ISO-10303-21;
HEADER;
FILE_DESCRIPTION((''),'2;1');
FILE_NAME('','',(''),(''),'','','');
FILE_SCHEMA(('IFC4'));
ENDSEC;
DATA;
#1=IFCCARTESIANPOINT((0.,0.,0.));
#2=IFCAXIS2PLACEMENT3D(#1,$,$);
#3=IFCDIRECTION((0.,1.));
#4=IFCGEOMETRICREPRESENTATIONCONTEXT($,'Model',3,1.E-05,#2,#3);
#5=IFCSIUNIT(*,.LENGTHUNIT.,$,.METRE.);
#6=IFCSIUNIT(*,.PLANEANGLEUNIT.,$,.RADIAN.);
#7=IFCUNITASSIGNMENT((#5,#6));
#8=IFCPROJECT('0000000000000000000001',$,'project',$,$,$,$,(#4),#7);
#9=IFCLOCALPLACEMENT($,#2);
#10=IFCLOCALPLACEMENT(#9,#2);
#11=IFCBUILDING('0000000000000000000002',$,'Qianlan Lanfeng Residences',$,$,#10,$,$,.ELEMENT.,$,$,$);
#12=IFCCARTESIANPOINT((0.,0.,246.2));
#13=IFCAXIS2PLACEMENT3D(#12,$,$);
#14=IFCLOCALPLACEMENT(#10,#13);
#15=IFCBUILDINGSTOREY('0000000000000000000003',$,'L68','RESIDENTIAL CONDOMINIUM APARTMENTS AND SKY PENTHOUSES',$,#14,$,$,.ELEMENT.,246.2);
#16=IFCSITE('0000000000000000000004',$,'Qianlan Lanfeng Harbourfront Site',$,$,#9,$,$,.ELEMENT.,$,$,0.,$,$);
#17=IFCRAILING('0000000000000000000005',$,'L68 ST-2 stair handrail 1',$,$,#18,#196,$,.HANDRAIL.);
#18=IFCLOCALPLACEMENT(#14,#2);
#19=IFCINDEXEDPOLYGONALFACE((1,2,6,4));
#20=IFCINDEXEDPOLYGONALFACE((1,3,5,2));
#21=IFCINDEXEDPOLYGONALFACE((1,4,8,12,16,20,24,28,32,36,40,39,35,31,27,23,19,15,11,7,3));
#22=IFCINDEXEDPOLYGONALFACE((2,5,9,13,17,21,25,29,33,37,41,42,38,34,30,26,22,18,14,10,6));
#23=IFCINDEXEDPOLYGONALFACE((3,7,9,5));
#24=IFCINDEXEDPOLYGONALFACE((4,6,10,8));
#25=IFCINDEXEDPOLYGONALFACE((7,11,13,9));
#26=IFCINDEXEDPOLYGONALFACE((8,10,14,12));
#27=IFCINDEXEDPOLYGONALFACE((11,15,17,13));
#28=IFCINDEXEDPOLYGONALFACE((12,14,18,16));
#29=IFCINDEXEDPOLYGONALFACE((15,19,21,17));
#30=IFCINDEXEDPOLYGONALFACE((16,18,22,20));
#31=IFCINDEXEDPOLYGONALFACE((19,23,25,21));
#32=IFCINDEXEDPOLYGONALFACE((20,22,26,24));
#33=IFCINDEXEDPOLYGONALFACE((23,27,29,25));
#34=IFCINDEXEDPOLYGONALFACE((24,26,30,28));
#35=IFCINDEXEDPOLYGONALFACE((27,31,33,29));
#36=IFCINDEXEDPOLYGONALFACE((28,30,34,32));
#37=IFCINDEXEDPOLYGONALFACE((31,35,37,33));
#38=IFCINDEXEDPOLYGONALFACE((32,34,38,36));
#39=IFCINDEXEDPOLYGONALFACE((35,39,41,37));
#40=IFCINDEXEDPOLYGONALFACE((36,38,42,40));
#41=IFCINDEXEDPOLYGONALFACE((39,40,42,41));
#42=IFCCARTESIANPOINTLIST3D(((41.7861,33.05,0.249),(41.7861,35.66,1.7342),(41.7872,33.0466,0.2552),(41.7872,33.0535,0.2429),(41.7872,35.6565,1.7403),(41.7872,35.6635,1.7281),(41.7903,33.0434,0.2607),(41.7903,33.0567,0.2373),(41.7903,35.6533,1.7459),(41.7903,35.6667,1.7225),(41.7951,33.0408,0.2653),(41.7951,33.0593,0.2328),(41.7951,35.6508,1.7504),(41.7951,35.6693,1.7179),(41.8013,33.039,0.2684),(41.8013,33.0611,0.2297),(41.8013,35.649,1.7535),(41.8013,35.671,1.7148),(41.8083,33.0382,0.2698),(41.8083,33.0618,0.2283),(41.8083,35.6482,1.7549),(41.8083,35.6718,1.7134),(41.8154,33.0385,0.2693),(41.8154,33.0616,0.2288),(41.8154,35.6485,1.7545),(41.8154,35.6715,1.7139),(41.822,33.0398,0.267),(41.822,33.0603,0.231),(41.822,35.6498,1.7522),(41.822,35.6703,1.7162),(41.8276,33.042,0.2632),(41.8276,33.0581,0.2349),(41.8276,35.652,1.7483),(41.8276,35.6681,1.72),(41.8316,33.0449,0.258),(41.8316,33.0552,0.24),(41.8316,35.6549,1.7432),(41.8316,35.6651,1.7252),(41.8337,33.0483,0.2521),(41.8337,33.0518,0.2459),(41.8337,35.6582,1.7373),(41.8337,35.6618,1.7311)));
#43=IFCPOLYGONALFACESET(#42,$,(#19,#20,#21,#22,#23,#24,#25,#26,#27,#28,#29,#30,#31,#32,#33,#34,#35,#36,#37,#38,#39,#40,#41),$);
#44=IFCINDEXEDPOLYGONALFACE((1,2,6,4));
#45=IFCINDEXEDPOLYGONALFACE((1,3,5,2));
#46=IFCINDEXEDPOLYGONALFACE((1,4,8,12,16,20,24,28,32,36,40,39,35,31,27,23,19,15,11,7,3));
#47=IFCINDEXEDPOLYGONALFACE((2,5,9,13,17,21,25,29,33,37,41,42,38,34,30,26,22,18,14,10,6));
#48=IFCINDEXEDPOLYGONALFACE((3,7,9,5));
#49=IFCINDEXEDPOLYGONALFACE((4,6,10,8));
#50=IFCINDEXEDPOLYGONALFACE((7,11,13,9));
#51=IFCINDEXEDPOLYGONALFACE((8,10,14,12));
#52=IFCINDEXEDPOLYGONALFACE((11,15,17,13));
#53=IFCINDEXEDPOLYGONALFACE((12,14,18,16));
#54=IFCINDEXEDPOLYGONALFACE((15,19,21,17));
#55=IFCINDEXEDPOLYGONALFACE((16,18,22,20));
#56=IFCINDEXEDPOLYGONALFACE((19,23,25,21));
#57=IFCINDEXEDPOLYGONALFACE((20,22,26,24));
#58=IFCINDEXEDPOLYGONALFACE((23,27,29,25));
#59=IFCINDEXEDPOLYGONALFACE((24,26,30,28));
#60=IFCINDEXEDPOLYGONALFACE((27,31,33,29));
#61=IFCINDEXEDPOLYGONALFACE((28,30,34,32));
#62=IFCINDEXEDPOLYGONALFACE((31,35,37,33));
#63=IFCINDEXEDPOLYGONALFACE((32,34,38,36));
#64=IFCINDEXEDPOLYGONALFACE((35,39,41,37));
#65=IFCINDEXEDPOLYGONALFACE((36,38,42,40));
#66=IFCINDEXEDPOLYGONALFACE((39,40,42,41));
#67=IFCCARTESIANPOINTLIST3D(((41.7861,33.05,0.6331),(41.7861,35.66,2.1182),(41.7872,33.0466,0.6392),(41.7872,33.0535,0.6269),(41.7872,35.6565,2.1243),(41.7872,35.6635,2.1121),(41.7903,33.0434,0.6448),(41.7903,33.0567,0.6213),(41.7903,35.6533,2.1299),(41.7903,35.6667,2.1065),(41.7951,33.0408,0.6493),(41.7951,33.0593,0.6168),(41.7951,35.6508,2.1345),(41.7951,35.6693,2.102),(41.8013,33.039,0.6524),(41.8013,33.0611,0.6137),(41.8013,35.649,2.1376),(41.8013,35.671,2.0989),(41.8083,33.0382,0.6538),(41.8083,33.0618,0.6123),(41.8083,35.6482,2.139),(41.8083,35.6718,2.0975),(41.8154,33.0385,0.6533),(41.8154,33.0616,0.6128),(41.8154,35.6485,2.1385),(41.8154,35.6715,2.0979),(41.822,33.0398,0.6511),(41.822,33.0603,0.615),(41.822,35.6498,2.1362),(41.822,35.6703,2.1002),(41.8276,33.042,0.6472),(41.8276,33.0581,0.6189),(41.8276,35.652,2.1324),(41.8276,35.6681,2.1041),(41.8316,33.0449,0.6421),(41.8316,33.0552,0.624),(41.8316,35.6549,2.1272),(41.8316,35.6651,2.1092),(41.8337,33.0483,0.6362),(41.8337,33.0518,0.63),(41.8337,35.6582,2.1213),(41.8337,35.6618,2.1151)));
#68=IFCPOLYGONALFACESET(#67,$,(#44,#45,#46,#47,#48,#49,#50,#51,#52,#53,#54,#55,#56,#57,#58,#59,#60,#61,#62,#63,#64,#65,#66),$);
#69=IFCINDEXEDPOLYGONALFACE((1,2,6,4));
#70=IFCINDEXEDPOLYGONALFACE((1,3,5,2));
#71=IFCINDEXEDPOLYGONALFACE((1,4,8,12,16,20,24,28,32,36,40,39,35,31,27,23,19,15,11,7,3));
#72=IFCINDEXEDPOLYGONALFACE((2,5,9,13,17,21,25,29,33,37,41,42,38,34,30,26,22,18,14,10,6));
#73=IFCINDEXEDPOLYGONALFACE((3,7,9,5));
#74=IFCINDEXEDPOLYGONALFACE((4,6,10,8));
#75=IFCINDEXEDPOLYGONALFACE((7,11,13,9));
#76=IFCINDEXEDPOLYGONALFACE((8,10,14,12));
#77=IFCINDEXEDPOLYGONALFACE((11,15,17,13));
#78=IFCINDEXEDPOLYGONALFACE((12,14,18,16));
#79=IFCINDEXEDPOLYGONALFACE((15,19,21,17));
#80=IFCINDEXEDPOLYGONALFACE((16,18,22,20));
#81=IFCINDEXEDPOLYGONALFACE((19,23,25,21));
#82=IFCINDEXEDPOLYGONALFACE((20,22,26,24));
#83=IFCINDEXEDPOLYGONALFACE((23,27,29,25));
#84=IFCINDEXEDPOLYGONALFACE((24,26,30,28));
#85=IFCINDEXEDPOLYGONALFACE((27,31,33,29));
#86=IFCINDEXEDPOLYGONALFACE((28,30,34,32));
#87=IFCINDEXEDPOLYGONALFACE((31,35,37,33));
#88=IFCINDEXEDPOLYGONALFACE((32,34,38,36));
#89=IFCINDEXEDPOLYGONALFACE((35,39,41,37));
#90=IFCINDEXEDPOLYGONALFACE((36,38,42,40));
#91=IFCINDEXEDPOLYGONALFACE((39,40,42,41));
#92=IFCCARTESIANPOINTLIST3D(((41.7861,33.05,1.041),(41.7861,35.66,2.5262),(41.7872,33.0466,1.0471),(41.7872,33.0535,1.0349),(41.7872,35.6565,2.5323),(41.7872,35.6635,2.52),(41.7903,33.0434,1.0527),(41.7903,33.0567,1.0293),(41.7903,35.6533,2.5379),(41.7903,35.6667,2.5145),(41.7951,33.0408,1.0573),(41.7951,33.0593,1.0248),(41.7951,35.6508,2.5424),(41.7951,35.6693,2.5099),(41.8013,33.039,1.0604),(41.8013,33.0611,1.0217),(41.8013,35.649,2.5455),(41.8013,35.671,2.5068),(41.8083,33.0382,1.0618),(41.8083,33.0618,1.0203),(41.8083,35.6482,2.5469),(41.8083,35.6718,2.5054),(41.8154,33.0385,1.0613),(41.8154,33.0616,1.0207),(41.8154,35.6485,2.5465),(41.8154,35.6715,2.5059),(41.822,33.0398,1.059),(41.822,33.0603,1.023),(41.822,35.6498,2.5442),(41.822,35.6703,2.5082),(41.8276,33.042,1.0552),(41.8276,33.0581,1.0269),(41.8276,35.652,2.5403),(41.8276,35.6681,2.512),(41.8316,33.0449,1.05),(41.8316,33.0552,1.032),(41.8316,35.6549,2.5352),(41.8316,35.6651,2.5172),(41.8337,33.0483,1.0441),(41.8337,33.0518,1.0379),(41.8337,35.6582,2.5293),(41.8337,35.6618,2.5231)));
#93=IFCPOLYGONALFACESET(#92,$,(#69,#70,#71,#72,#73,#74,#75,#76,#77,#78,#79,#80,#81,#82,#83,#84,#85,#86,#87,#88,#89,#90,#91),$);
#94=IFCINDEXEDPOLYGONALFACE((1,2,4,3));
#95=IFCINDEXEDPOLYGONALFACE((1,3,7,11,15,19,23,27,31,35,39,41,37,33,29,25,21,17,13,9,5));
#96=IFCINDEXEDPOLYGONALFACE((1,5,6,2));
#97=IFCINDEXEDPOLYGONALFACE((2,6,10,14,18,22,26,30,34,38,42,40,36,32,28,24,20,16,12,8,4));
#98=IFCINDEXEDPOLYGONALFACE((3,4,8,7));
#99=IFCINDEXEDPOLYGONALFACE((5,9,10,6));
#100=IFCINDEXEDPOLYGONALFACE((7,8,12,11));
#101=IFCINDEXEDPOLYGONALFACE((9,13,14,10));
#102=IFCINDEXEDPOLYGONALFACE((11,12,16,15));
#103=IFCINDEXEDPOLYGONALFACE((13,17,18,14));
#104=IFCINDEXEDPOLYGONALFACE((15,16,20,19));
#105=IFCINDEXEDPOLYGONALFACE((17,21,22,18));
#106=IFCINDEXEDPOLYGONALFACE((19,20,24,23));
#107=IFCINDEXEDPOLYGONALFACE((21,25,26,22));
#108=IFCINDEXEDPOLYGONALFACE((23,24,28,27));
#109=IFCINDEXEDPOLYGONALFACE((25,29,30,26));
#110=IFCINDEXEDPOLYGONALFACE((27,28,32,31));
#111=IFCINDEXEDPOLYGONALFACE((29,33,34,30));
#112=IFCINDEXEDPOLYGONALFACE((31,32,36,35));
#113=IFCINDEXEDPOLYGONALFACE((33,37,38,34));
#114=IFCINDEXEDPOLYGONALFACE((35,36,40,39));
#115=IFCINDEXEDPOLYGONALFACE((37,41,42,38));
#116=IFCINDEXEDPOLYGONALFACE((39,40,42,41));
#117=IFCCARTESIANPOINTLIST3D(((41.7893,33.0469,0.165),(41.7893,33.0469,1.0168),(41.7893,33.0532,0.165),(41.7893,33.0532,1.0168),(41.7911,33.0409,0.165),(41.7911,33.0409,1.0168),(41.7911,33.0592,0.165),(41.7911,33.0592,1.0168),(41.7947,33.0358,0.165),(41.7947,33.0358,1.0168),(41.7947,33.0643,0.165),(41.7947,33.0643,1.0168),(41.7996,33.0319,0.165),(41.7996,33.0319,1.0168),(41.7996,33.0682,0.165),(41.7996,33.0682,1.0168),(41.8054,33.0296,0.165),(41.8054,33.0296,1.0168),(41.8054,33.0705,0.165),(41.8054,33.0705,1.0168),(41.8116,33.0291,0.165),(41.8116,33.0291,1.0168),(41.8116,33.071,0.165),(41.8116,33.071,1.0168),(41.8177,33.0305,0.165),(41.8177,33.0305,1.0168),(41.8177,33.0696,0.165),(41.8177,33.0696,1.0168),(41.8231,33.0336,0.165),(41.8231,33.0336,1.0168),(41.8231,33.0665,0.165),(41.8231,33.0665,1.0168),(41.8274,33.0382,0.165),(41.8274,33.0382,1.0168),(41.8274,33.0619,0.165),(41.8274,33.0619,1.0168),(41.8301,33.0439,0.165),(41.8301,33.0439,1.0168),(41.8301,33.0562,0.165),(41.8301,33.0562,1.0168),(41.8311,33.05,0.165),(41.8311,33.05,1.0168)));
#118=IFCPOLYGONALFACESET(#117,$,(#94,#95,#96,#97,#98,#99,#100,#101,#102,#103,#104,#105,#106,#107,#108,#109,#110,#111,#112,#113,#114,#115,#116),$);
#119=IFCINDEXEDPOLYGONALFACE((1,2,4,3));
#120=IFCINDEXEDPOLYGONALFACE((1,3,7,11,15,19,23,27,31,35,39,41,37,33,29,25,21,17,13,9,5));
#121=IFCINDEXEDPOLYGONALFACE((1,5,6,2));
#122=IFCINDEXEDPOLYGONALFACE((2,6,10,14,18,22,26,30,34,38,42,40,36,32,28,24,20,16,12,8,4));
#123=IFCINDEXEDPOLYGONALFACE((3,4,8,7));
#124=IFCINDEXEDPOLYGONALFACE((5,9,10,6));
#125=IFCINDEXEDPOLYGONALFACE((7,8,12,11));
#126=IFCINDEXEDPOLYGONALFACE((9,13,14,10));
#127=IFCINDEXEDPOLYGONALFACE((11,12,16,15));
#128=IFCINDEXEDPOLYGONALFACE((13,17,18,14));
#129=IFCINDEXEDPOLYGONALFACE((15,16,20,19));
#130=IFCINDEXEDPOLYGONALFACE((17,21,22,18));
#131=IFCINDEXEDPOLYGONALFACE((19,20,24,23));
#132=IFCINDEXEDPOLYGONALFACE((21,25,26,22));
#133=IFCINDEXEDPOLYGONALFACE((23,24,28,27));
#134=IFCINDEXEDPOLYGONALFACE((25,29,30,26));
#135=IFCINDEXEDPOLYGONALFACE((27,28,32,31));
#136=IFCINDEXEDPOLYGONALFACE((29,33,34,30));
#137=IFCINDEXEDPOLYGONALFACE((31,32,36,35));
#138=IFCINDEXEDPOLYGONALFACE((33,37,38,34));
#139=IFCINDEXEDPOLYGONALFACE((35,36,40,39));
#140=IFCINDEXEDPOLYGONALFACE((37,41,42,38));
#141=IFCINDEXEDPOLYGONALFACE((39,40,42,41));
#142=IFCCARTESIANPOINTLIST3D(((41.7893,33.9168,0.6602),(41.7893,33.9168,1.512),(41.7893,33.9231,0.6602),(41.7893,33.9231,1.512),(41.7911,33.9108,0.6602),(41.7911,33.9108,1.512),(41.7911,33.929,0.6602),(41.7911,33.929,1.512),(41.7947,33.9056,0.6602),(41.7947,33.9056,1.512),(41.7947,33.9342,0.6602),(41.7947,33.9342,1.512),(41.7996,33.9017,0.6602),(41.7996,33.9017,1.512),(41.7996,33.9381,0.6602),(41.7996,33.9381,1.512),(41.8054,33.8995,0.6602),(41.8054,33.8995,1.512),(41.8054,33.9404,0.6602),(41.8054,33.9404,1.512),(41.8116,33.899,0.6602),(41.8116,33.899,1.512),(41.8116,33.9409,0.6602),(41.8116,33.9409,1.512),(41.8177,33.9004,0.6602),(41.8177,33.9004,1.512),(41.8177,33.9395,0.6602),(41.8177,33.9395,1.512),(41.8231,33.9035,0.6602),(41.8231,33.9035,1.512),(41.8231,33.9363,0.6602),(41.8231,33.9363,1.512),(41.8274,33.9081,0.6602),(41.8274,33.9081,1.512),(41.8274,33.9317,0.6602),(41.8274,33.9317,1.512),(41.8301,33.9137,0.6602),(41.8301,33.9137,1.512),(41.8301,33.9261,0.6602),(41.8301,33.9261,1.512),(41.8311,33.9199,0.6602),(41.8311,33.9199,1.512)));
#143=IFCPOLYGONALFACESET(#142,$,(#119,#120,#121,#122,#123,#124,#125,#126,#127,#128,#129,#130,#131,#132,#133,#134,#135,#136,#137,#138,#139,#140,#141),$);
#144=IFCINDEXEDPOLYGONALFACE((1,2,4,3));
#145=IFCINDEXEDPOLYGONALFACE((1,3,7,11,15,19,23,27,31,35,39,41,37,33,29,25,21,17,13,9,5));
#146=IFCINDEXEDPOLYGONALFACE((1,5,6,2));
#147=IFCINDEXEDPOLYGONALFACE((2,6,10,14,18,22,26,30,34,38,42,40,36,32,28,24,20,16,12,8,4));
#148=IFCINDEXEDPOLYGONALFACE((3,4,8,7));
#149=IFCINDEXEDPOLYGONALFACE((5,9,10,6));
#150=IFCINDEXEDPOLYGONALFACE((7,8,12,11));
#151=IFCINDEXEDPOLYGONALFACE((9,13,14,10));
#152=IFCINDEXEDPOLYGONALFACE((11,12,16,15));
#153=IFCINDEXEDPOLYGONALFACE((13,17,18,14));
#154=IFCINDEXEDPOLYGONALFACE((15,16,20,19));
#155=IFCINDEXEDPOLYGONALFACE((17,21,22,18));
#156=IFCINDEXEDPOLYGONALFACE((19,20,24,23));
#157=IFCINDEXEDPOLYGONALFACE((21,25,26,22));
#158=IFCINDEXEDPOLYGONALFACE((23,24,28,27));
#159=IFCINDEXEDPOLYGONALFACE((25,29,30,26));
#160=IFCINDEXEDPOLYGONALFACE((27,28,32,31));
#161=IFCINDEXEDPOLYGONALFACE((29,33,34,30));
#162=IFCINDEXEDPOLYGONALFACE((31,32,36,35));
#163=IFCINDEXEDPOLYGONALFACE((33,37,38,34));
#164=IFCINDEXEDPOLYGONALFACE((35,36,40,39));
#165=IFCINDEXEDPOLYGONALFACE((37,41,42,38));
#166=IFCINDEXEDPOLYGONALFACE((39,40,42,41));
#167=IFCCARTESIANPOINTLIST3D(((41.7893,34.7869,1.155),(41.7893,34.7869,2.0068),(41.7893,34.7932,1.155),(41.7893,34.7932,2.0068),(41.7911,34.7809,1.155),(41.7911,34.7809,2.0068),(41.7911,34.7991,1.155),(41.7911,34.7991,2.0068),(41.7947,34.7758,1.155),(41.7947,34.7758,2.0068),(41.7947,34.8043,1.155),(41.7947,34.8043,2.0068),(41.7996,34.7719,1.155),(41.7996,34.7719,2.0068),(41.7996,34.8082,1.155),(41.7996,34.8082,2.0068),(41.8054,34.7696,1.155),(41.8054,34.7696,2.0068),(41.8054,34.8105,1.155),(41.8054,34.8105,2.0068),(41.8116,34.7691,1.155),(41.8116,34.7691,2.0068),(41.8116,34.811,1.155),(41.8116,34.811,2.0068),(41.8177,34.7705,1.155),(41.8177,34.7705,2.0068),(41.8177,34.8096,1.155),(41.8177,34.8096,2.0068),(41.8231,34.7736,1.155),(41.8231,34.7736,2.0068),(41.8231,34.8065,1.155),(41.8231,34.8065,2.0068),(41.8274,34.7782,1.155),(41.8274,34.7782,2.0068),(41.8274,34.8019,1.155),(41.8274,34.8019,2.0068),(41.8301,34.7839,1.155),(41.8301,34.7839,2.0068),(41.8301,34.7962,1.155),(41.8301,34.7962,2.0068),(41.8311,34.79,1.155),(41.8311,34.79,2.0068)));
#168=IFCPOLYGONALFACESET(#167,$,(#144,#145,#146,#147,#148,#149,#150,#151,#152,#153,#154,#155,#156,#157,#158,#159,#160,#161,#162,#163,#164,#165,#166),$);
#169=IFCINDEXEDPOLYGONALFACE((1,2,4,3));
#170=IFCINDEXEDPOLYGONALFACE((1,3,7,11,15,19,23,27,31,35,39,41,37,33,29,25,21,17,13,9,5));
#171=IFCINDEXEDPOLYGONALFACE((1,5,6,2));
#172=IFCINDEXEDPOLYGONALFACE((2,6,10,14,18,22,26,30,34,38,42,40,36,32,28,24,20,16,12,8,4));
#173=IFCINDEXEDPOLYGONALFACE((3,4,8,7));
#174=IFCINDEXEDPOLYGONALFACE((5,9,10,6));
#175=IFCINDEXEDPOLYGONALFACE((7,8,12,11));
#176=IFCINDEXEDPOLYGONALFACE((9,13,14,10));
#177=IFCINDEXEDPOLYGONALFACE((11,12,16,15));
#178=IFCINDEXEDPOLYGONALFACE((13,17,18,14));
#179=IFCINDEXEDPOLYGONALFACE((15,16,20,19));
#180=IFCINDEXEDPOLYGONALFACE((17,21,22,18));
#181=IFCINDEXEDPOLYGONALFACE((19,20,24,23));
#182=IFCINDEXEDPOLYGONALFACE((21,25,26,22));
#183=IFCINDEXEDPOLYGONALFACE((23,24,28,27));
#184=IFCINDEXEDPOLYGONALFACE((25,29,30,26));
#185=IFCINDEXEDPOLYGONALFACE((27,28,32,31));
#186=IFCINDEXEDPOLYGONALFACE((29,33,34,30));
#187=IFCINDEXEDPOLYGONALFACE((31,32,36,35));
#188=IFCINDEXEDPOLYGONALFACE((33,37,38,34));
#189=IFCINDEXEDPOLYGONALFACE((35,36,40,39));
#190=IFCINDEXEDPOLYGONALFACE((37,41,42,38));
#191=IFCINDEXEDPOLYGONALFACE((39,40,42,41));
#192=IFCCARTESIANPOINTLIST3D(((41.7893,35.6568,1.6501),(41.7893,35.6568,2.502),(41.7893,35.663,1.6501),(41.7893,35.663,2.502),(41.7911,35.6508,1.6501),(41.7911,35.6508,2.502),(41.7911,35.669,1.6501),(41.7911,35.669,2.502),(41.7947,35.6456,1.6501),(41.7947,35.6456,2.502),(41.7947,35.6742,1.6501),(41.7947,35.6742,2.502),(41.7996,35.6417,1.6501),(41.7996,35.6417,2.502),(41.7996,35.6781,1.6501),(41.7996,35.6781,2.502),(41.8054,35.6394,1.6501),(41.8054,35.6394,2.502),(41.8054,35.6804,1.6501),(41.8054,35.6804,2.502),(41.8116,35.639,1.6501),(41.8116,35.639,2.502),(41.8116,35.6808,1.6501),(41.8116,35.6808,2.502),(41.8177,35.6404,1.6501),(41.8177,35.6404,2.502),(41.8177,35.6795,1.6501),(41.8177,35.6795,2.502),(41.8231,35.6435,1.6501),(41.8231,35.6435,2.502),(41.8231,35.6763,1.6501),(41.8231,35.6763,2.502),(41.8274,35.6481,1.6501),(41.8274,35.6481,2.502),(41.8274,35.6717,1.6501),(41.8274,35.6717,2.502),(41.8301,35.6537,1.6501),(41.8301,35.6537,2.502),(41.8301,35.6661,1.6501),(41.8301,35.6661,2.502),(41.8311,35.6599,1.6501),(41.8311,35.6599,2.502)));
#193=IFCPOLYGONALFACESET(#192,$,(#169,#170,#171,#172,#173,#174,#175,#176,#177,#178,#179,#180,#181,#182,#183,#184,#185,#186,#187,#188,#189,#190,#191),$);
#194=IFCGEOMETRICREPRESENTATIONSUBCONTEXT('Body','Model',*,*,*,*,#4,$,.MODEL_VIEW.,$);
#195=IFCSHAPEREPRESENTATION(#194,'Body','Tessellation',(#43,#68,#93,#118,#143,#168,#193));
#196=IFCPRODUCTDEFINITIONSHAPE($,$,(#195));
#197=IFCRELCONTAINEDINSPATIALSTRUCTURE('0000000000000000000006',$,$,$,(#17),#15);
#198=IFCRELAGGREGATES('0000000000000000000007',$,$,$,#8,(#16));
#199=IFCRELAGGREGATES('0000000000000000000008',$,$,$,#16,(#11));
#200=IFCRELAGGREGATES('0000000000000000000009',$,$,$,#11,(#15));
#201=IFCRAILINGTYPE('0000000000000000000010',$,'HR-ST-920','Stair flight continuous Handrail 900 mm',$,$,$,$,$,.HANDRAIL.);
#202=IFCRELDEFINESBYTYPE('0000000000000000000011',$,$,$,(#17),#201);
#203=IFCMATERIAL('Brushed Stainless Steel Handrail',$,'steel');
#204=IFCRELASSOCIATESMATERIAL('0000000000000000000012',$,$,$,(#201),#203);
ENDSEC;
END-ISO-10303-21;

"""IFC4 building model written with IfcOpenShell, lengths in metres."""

from ifc_helpers import new_model, si_unit, direction, frame, origin, origin_2d, place, context, subcontext, project, spatial, circle, extrude, material, type_object, element, save


model = new_model("IFC4")

# Units and contexts
model_context = context("Model", 3, precision=1e-05, world=origin(), true_north=direction((0.0, 1.0)))
body_context = subcontext(model_context, "Body", "Model", "MODEL_VIEW")
ifc_project = project(units=[si_unit("LENGTHUNIT", "METRE"), si_unit("PLANEANGLEUNIT", "RADIAN")], contexts=[model_context])

# Site, building, storey
site_placement = place(None, origin())
site = spatial("IfcSite", under=ifc_project, at=site_placement, Name="Qianlan Lanfeng Harbourfront Site", CompositionType="ELEMENT", RefElevation=0.0)
building_placement = place(site_placement, origin())
building = spatial("IfcBuilding", under=site, at=building_placement, Name="Qianlan Lanfeng Residences", CompositionType="ELEMENT")
storey_placement = place(building_placement, frame((0.0, 0.0, 246.2)))
storey = spatial("IfcBuildingStorey", under=building, at=storey_placement, Name="L68", Description="RESIDENTIAL CONDOMINIUM APARTMENTS AND SKY PENTHOUSES", CompositionType="ELEMENT", Elevation=246.2)

# Railing
ifc_material_1 = material(Name="Brushed Stainless Steel Handrail", Category="steel")
railing_type_1 = type_object("IfcRailingType", Name="HR-ST-920", Description="Stair flight continuous Handrail 900 mm", PredefinedType="HANDRAIL", material=ifc_material_1)
railing_1_placement = place(storey_placement, frame((41.8101, 33.05, 0.165)))
element("IfcRailing", 1, at=railing_1_placement, inside=storey, type_object=railing_type_1, Name="L68 ST-2 stair handrail 1", PredefinedType="HANDRAIL", context=body_context, shape_type="SweptSolid", body=[
    extrude(circle(Radius=0.0239, at=origin_2d()), frame((0.0, 0.0, 0.084), z_axis=(0.0, 0.869137, 0.494571), x_axis=(-1.0, 0.0, 0.0)), (0.0, 0.0, 1.0), 3.0029),
    extrude(circle(Radius=0.0239, at=origin_2d()), frame((0.0, 0.0, 0.468), z_axis=(0.0, 0.869137, 0.494571), x_axis=(-1.0, 0.0, 0.0)), (0.0, 0.0, 1.0), 3.0029),
    extrude(circle(Radius=0.0239, at=origin_2d()), frame((0.0, 0.0, 0.876), z_axis=(0.0, 0.869137, 0.494571), x_axis=(-1.0, 0.0, 0.0)), (0.0, 0.0, 1.0), 3.0029),
    extrude(circle(Radius=0.021, at=origin_2d()), origin(), (0.0, 0.0, 1.0), 0.8518),
    extrude(circle(Radius=0.021, at=origin_2d()), frame((0.0, 0.8699, 0.4951)), (0.0, 0.0, 1.0), 0.8518),
    extrude(circle(Radius=0.021, at=origin_2d()), frame((0.0, 1.74, 0.99)), (0.0, 0.0, 1.0), 0.8518),
    extrude(circle(Radius=0.021, at=origin_2d()), frame((0.0, 2.6099, 1.4851)), (0.0, 0.0, 1.0), 0.8518),
])

save(model, "model.ifc")
